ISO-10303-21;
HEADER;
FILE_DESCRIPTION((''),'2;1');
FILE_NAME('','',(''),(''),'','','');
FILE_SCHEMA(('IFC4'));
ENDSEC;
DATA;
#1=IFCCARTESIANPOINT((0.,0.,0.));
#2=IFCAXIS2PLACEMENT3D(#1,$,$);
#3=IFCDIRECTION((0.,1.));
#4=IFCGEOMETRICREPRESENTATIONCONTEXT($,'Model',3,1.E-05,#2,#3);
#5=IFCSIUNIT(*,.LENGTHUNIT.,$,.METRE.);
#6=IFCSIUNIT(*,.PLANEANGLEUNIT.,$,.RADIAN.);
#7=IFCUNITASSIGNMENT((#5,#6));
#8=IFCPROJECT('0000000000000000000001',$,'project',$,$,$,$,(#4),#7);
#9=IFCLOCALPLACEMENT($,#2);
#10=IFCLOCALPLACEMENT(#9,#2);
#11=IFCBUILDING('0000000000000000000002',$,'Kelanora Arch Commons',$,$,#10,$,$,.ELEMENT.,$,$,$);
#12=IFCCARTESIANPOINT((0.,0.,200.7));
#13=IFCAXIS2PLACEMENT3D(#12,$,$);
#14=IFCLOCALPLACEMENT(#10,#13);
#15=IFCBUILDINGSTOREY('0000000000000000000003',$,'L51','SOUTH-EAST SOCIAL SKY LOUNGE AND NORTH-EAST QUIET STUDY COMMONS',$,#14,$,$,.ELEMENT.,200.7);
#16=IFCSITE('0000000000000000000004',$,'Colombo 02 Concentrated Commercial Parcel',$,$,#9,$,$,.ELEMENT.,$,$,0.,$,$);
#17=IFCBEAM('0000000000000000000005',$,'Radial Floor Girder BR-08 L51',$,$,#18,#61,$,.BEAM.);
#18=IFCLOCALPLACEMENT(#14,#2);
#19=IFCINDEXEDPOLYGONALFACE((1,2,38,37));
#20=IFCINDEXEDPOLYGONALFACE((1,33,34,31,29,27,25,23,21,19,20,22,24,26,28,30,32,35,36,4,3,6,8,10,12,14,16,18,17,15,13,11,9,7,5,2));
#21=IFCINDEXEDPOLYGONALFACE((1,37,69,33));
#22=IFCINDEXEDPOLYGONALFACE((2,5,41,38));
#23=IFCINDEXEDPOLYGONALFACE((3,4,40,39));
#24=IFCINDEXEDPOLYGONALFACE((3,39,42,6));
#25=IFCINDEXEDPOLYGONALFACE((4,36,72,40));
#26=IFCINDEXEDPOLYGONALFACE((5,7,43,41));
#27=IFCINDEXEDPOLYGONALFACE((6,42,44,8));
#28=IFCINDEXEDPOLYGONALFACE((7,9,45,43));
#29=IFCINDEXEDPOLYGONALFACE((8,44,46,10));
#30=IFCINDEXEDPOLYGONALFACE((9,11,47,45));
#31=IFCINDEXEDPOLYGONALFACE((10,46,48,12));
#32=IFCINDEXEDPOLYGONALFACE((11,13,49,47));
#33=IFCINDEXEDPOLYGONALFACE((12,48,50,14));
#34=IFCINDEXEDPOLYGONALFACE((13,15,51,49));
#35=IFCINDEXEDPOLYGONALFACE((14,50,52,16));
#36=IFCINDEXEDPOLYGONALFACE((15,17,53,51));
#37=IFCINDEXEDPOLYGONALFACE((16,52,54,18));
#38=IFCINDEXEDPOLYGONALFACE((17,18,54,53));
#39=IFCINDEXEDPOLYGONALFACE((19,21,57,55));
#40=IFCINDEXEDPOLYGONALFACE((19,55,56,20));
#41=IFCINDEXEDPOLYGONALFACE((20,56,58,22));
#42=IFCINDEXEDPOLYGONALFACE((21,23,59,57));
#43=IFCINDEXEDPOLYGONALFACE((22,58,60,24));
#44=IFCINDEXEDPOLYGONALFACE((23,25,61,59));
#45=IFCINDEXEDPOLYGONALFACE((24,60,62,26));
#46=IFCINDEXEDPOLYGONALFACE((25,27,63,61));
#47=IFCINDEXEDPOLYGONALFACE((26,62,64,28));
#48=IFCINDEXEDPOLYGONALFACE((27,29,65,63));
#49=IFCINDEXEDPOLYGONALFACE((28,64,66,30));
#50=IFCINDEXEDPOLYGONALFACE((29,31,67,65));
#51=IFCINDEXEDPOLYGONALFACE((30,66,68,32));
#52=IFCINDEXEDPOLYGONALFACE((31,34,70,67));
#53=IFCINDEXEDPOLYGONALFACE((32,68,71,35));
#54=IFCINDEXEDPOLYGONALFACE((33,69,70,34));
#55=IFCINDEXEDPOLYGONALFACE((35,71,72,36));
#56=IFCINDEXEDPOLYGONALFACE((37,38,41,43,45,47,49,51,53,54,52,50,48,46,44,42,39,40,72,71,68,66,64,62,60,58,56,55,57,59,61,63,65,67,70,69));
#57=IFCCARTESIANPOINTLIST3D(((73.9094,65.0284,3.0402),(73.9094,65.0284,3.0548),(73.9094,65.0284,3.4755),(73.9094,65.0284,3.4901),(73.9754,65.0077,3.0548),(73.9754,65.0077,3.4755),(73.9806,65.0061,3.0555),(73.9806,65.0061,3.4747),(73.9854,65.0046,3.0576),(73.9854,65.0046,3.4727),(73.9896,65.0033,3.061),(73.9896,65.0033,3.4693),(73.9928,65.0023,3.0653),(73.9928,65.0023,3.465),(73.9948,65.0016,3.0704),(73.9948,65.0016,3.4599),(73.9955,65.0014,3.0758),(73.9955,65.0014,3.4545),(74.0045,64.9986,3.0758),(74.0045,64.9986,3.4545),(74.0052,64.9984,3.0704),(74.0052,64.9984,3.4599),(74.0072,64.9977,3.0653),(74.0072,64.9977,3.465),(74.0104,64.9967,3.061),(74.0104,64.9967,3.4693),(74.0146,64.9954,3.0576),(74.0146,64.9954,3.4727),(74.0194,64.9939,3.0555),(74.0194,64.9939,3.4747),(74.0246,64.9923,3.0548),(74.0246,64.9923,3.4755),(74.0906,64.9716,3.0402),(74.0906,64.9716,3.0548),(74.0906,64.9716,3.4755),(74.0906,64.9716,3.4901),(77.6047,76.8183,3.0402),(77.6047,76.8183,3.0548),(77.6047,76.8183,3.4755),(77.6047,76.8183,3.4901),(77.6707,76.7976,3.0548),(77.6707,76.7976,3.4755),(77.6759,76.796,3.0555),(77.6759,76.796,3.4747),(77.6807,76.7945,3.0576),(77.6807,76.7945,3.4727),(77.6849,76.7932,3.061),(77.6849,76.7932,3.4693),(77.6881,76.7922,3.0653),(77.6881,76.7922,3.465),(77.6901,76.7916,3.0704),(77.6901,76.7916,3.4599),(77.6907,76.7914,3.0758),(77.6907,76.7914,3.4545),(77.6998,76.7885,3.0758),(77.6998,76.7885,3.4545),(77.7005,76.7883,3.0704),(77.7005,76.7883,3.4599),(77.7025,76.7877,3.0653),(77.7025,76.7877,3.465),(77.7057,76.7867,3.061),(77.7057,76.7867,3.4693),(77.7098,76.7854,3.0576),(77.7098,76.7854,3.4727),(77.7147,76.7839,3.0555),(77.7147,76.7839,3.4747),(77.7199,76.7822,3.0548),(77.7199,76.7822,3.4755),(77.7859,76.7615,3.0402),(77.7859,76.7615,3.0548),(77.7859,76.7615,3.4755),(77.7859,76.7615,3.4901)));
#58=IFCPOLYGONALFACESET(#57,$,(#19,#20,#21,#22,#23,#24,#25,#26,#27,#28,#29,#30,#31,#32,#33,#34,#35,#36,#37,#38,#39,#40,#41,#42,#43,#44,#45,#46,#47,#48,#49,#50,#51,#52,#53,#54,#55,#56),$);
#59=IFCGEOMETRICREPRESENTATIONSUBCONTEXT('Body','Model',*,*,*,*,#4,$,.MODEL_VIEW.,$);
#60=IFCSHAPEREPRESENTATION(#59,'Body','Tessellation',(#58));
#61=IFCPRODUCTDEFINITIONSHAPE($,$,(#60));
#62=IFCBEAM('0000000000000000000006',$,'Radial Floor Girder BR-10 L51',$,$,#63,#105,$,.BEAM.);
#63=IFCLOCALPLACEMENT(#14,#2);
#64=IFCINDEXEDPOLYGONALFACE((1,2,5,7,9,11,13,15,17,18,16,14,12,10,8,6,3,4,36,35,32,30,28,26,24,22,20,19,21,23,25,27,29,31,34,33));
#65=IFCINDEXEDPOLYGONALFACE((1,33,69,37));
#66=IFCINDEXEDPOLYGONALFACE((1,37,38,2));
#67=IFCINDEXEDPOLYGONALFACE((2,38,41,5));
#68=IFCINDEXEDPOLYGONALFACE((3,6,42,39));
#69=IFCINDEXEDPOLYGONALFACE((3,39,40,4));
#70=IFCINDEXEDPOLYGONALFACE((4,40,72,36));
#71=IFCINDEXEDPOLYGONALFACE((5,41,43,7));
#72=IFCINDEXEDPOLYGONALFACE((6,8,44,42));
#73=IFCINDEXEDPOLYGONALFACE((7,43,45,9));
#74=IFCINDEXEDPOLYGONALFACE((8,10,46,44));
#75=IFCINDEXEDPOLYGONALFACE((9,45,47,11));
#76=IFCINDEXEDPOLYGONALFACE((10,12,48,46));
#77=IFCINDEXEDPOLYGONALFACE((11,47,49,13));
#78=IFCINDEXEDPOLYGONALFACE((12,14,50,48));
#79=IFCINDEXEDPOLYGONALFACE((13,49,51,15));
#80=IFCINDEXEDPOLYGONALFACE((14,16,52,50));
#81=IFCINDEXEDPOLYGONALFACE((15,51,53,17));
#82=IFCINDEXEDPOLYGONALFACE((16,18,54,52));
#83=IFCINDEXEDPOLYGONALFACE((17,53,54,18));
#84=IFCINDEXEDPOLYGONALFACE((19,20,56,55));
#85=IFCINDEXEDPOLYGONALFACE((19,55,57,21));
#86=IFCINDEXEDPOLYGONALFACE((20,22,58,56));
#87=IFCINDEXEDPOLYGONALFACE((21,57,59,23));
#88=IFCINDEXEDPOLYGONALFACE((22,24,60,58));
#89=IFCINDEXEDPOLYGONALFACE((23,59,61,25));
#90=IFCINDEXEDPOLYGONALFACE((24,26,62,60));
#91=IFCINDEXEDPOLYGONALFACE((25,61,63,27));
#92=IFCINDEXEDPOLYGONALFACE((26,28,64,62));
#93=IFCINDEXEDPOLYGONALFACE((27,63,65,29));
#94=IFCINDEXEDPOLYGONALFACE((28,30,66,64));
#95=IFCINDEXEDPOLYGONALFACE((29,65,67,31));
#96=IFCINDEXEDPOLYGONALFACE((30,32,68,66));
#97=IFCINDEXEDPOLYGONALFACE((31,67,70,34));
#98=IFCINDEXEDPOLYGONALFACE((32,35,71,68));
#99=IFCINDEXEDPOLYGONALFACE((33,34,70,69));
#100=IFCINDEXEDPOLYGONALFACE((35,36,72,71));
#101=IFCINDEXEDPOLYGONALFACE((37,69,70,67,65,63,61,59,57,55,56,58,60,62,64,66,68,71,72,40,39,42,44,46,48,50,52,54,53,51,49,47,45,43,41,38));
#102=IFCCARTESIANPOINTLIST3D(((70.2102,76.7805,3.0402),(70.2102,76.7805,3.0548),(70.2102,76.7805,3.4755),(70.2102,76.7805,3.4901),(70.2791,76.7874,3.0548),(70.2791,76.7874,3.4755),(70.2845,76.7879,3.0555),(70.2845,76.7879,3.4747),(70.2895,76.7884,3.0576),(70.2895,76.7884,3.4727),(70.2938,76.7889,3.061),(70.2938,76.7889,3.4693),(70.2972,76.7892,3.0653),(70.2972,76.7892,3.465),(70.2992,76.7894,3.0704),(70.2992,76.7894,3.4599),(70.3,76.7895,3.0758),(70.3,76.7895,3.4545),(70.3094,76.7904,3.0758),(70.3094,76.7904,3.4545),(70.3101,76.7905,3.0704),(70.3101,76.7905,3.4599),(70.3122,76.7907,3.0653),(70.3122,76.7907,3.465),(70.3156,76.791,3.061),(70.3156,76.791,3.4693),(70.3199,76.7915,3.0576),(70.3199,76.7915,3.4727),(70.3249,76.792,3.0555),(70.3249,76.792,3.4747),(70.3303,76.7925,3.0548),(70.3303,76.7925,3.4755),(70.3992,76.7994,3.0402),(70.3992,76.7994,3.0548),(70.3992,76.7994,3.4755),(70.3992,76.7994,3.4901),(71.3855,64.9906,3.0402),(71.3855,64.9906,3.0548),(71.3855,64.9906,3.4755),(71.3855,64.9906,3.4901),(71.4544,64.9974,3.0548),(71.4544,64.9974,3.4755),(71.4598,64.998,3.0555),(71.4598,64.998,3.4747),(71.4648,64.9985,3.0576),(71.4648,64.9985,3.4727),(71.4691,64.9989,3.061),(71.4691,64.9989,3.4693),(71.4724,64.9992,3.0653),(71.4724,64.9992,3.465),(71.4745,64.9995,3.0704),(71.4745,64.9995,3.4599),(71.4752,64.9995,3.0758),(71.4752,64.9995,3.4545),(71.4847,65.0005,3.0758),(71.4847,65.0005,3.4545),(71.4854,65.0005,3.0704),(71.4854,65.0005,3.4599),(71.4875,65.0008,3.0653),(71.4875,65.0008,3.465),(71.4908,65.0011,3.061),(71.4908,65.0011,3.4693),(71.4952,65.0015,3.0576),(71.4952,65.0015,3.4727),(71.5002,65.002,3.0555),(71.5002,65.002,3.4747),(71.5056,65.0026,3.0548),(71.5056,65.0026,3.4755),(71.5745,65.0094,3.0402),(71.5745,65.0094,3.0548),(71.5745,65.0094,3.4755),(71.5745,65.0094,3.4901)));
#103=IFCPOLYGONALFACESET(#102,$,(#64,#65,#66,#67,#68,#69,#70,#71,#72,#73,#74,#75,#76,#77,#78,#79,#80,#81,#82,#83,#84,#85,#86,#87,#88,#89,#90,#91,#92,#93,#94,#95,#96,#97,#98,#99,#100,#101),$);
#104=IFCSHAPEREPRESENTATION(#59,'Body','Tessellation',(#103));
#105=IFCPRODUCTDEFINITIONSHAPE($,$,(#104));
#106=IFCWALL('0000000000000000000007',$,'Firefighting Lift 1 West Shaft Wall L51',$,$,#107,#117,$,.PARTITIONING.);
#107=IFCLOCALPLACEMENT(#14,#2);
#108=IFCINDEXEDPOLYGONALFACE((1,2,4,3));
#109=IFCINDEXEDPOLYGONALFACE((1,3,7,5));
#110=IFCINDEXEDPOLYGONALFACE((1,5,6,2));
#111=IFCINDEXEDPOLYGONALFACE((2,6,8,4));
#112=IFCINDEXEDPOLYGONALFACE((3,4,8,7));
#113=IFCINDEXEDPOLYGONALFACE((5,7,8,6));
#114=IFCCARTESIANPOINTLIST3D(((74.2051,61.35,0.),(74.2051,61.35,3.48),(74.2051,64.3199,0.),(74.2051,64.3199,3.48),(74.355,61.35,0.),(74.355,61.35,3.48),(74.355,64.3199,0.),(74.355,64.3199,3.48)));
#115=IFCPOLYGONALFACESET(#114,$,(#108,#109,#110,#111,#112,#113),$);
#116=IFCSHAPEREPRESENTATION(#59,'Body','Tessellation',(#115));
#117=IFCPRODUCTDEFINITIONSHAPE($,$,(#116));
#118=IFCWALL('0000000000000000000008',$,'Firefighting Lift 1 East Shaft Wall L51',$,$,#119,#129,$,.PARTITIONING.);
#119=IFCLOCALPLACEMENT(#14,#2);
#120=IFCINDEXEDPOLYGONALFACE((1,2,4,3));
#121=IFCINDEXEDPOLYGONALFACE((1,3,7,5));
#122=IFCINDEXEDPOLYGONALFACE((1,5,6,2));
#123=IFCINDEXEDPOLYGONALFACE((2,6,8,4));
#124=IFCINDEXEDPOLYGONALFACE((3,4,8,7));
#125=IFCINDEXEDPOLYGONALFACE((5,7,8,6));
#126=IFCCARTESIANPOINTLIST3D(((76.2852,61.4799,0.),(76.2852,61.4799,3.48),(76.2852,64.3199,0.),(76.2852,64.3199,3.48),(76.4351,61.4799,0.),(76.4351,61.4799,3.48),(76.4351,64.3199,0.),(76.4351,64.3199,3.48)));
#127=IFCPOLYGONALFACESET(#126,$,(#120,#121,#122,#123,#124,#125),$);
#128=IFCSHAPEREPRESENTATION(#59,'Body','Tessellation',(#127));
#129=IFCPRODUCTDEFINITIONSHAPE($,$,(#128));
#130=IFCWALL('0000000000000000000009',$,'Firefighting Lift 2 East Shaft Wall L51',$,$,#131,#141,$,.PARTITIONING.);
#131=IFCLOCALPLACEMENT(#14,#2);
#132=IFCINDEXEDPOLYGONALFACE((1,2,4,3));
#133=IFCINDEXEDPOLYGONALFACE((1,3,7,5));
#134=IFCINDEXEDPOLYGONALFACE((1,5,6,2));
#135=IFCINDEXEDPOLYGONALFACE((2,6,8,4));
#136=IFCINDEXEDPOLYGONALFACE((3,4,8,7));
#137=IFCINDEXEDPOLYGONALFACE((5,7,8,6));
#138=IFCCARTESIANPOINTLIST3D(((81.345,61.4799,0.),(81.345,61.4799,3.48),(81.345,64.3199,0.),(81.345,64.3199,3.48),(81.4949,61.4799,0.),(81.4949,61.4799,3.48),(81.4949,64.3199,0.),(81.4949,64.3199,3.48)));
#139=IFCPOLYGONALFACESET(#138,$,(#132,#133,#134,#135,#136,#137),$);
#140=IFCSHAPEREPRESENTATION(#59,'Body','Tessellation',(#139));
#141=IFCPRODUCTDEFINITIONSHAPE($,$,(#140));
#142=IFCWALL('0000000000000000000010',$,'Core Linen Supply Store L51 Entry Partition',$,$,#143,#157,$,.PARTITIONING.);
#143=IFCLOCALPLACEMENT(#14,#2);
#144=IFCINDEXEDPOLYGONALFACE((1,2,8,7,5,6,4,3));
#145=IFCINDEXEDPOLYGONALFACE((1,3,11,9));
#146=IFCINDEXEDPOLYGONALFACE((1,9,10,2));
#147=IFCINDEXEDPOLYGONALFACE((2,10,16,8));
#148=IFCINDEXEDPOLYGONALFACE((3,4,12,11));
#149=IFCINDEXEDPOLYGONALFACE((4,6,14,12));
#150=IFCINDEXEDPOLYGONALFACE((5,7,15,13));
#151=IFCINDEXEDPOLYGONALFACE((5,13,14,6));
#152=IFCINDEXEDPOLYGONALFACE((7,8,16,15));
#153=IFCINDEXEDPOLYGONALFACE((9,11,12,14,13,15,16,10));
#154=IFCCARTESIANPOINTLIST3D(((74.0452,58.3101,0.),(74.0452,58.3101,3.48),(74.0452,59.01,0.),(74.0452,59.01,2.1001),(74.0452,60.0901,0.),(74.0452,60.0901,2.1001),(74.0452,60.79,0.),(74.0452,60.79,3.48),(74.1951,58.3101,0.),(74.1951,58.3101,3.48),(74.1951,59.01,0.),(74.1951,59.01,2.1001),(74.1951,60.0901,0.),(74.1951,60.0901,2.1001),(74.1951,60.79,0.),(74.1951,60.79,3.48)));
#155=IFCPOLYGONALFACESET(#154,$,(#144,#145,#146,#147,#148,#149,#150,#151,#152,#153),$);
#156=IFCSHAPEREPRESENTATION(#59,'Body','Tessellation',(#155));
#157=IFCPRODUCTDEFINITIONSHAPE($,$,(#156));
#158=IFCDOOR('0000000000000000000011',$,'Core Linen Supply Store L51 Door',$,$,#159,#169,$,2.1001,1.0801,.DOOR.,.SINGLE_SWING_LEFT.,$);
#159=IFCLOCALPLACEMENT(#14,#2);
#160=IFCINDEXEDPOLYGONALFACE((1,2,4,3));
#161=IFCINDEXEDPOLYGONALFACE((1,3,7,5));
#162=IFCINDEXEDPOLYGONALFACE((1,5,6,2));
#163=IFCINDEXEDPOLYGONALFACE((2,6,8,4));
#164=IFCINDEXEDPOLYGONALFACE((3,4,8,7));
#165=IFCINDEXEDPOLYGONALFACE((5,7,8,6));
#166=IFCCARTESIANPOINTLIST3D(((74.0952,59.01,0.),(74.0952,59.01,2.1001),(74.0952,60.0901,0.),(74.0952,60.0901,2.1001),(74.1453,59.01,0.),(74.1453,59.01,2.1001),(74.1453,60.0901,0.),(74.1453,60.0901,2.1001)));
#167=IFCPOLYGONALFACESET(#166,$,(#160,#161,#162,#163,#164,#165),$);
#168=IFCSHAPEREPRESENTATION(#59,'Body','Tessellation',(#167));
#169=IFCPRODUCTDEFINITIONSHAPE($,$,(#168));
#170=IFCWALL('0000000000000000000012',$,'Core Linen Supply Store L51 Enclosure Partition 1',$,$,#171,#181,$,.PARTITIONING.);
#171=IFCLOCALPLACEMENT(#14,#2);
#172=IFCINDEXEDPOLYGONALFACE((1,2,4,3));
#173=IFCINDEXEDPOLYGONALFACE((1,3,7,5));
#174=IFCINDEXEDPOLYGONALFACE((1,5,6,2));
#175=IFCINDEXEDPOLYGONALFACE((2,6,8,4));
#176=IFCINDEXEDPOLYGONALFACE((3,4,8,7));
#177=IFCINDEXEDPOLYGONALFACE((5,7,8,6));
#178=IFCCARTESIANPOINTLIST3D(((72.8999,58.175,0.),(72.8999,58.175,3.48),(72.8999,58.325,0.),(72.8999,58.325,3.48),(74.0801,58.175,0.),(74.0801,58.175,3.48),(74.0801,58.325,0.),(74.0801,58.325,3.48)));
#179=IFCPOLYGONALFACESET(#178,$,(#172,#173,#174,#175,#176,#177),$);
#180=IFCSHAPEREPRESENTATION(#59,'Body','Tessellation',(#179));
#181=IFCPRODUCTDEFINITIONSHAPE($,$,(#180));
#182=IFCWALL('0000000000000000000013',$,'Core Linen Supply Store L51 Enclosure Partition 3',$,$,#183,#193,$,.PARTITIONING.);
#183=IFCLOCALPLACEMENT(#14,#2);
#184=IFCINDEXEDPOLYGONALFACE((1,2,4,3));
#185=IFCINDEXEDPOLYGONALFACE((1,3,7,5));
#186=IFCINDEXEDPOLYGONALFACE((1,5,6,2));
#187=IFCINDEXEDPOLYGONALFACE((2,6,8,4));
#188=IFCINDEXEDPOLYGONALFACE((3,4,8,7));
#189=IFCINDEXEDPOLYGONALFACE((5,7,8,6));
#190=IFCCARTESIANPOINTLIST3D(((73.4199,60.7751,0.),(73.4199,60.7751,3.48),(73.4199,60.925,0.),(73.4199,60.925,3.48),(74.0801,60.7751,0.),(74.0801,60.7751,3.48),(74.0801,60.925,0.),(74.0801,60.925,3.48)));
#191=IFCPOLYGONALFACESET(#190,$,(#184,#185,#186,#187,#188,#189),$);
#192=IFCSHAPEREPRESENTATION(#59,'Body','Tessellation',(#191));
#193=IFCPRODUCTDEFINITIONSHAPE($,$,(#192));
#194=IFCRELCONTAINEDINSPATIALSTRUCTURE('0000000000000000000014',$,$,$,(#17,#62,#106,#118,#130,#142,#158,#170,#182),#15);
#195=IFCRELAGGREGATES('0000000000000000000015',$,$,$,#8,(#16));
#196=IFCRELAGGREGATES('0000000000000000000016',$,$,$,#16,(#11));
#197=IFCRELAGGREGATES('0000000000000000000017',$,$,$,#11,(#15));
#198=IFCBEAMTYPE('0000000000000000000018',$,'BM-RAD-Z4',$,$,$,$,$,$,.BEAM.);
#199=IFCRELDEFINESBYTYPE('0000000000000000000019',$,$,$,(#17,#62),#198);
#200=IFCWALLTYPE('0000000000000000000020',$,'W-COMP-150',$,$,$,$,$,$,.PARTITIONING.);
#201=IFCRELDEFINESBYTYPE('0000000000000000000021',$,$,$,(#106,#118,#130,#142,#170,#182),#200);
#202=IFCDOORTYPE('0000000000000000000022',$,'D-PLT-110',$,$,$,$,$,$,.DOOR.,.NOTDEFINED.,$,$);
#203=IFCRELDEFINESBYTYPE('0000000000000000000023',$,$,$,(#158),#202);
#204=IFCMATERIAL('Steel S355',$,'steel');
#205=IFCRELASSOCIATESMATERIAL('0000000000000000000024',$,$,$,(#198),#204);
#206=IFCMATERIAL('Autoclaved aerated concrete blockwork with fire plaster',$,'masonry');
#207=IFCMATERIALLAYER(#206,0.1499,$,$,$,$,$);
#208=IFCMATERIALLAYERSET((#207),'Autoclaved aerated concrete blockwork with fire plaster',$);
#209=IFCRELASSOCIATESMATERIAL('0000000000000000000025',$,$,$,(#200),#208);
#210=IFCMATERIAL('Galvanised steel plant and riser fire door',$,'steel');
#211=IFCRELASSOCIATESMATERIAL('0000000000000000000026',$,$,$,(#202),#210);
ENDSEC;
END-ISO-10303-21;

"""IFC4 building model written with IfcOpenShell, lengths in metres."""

from ifc_helpers import new_model, si_unit, direction, frame, frame_2d, origin, origin_2d, place, context, subcontext, project, spatial, rectangle, i_section, extrude, material, layer, layer_set, material_profile, profile_set, type_object, element, fill, save


model = new_model("IFC4")

# Units and contexts
model_context = context("Model", 3, precision=1e-05, world=origin(), true_north=direction((0.0, 1.0)))
body_context = subcontext(model_context, "Body", "Model", "MODEL_VIEW")
ifc_project = project(units=[si_unit("LENGTHUNIT", "METRE"), si_unit("PLANEANGLEUNIT", "RADIAN")], contexts=[model_context])

# Site, building, storey
site_placement = place(None, origin())
site = spatial("IfcSite", under=ifc_project, at=site_placement, Name="Colombo 02 Concentrated Commercial Parcel", CompositionType="ELEMENT", RefElevation=0.0)
building_placement = place(site_placement, origin())
building = spatial("IfcBuilding", under=site, at=building_placement, Name="Kelanora Arch Commons", CompositionType="ELEMENT")
storey_placement = place(building_placement, frame((0.0, 0.0, 200.7)))
storey = spatial("IfcBuildingStorey", under=building, at=storey_placement, Name="L51", Description="SOUTH-EAST SOCIAL SKY LOUNGE AND NORTH-EAST QUIET STUDY COMMONS", CompositionType="ELEMENT", Elevation=200.7)

# Beams
ifc_material_1 = material(Name="Steel S355", Category="steel")
ifc_material_profile_1 = material_profile(ifc_material_1, i_section(OverallWidth=0.1899, OverallDepth=0.45, WebThickness=0.0095, FlangeThickness=0.0146, FilletRadius=0.021, at=origin_2d()), Name="IPE450")
ifc_profile_set_1 = profile_set([ifc_material_profile_1], Name="Steel S355")
beam_type_1 = type_object("IfcBeamType", Name="BM-RAD-Z4", PredefinedType="BEAM", material=ifc_profile_set_1)
beam_1_placement = place(storey_placement, frame((74.0, 65.0, 3.2651), z_axis=(0.29908, 0.954228, 0.0), x_axis=(-0.954228, 0.29908, 0.0)))
element("IfcBeam", 1, at=beam_1_placement, inside=storey, type_object=beam_type_1, Name="Radial Floor Girder BR-08 L51", PredefinedType="BEAM", context=body_context, shape_type="SweptSolid", body=[
    extrude(i_section(OverallWidth=0.1899, OverallDepth=0.45, WebThickness=0.0095, FlangeThickness=0.0146, FilletRadius=0.021, at=origin_2d()), origin(), (0.0, 0.0, 1.0), 12.3555),
])
beam_2_placement = place(storey_placement, frame((71.48, 65.0, 3.2651), z_axis=(-0.099194, 0.995068, 0.0), x_axis=(-0.995068, -0.099194, 0.0)))
element("IfcBeam", 2, at=beam_2_placement, inside=storey, type_object=beam_type_1, Name="Radial Floor Girder BR-10 L51", PredefinedType="BEAM", context=body_context, shape_type="SweptSolid", body=[
    extrude(i_section(OverallWidth=0.1899, OverallDepth=0.45, WebThickness=0.0095, FlangeThickness=0.0146, FilletRadius=0.021, at=origin_2d()), origin(), (0.0, 0.0, 1.0), 11.8484),
])

# Walls
ifc_material_2 = material(Name="Autoclaved aerated concrete blockwork with fire plaster", Category="masonry")
ifc_layer_1 = layer(ifc_material_2, 0.1499)
ifc_layer_set_1 = layer_set([ifc_layer_1], Name="Autoclaved aerated concrete blockwork with fire plaster")
wall_type_1 = type_object("IfcWallType", Name="W-COMP-150", PredefinedType="PARTITIONING", material=ifc_layer_set_1)
wall_1_placement = place(storey_placement, frame((74.28, 61.3501, 0.0), z_axis=(0.0, 0.0, 1.0), x_axis=(0.0, 1.0, 0.0)))
element("IfcWall", 3, at=wall_1_placement, inside=storey, type_object=wall_type_1, Name="Firefighting Lift 1 West Shaft Wall L51", PredefinedType="PARTITIONING", context=body_context, shape_type="SweptSolid", body=[
    extrude(rectangle(XDim=2.97, YDim=0.1499, at=frame_2d((1.4849, 0.0))), origin(), (0.0, 0.0, 1.0), 3.48),
])
for number, where, z_axis, x_axis, name in (
    (4, (76.3601, 61.48, 0.0), (0.0, 0.0, 1.0), (0.0, 1.0, 0.0), "Firefighting Lift 1 East Shaft Wall L51"),
    (5, (81.4199, 61.48, 0.0), (0.0, 0.0, 1.0), (0.0, 1.0, 0.0), "Firefighting Lift 2 East Shaft Wall L51"),
):
    element("IfcWall", number, at=place(storey_placement, frame(where, z_axis=z_axis, x_axis=x_axis)), inside=storey, type_object=wall_type_1, Name=name, PredefinedType="PARTITIONING", context=body_context, shape_type="SweptSolid", body=[
        extrude(rectangle(XDim=2.8401, YDim=0.1499, at=frame_2d((1.4199, 0.0))), origin(), (0.0, 0.0, 1.0), 3.48),
    ])

# Wall, opening, door
wall_2_placement = place(storey_placement, frame((74.1201, 58.3101, 0.0), z_axis=(0.0, 0.0, 1.0), x_axis=(0.0, 1.0, 0.0)))
wall_2 = element("IfcWall", 6, at=wall_2_placement, inside=storey, type_object=wall_type_1, Name="Core Linen Supply Store L51 Entry Partition", PredefinedType="PARTITIONING", context=body_context, shape_type="SweptSolid", body=[
    extrude(rectangle(XDim=2.48, YDim=0.1499, at=frame_2d((1.24, 0.0))), origin(), (0.0, 0.0, 1.0), 3.48),
])
opening_1_placement = place(wall_2_placement, frame((0.7, 0.0, 0.0)))
opening_1 = element("IfcOpeningElement", 7, at=opening_1_placement, cuts=wall_2, PredefinedType="OPENING", context=body_context, shape_type="SweptSolid", body=[
    extrude(rectangle(XDim=1.0801, YDim=2.1001, at=frame_2d((0.54, 1.05))), frame((0.0, 0.085, 0.0), z_axis=(0.0, -1.0, 0.0), x_axis=(1.0, 0.0, 0.0)), (0.0, 0.0, 1.0), 0.1699),
])
ifc_material_3 = material(Name="Galvanised steel plant and riser fire door", Category="steel")
door_type_1 = type_object("IfcDoorType", Name="D-PLT-110", OperationType="NOTDEFINED", PredefinedType="DOOR", material=ifc_material_3)
door_1_placement = place(opening_1_placement, origin())
door_1 = element("IfcDoor", 8, at=door_1_placement, inside=storey, type_object=door_type_1, Name="Core Linen Supply Store L51 Door", OperationType="SINGLE_SWING_LEFT", OverallHeight=2.1001, OverallWidth=1.0801, PredefinedType="DOOR", context=body_context, shape_type="SweptSolid", body=[
    extrude(rectangle(XDim=1.0801, YDim=2.1001, at=frame_2d((0.54, 1.05))), frame((0.0, 0.0249, 0.0), z_axis=(0.0, -1.0, 0.0), x_axis=(1.0, 0.0, 0.0)), (0.0, 0.0, 1.0), 0.05),
])
fill(opening_1, door_1)

# Walls
wall_3_placement = place(storey_placement, frame((72.8999, 58.25, 0.0), z_axis=(0.0, 0.0, 1.0), x_axis=(1.0, 0.0, 0.0)))
element("IfcWall", 9, at=wall_3_placement, inside=storey, type_object=wall_type_1, Name="Core Linen Supply Store L51 Enclosure Partition 1", PredefinedType="PARTITIONING", context=body_context, shape_type="SweptSolid", body=[
    extrude(rectangle(XDim=1.1802, YDim=0.1499, at=frame_2d((0.5901, 0.0))), origin(), (0.0, 0.0, 1.0), 3.48),
])
wall_4_placement = place(storey_placement, frame((74.0801, 60.8501, 0.0), z_axis=(0.0, 0.0, 1.0), x_axis=(-1.0, 0.0, 0.0)))
element("IfcWall", 10, at=wall_4_placement, inside=storey, type_object=wall_type_1, Name="Core Linen Supply Store L51 Enclosure Partition 3", PredefinedType="PARTITIONING", context=body_context, shape_type="SweptSolid", body=[
    extrude(rectangle(XDim=0.6602, YDim=0.1499, at=frame_2d((0.3301, 0.0))), origin(), (0.0, 0.0, 1.0), 3.48),
])

save(model, "model.ifc")
